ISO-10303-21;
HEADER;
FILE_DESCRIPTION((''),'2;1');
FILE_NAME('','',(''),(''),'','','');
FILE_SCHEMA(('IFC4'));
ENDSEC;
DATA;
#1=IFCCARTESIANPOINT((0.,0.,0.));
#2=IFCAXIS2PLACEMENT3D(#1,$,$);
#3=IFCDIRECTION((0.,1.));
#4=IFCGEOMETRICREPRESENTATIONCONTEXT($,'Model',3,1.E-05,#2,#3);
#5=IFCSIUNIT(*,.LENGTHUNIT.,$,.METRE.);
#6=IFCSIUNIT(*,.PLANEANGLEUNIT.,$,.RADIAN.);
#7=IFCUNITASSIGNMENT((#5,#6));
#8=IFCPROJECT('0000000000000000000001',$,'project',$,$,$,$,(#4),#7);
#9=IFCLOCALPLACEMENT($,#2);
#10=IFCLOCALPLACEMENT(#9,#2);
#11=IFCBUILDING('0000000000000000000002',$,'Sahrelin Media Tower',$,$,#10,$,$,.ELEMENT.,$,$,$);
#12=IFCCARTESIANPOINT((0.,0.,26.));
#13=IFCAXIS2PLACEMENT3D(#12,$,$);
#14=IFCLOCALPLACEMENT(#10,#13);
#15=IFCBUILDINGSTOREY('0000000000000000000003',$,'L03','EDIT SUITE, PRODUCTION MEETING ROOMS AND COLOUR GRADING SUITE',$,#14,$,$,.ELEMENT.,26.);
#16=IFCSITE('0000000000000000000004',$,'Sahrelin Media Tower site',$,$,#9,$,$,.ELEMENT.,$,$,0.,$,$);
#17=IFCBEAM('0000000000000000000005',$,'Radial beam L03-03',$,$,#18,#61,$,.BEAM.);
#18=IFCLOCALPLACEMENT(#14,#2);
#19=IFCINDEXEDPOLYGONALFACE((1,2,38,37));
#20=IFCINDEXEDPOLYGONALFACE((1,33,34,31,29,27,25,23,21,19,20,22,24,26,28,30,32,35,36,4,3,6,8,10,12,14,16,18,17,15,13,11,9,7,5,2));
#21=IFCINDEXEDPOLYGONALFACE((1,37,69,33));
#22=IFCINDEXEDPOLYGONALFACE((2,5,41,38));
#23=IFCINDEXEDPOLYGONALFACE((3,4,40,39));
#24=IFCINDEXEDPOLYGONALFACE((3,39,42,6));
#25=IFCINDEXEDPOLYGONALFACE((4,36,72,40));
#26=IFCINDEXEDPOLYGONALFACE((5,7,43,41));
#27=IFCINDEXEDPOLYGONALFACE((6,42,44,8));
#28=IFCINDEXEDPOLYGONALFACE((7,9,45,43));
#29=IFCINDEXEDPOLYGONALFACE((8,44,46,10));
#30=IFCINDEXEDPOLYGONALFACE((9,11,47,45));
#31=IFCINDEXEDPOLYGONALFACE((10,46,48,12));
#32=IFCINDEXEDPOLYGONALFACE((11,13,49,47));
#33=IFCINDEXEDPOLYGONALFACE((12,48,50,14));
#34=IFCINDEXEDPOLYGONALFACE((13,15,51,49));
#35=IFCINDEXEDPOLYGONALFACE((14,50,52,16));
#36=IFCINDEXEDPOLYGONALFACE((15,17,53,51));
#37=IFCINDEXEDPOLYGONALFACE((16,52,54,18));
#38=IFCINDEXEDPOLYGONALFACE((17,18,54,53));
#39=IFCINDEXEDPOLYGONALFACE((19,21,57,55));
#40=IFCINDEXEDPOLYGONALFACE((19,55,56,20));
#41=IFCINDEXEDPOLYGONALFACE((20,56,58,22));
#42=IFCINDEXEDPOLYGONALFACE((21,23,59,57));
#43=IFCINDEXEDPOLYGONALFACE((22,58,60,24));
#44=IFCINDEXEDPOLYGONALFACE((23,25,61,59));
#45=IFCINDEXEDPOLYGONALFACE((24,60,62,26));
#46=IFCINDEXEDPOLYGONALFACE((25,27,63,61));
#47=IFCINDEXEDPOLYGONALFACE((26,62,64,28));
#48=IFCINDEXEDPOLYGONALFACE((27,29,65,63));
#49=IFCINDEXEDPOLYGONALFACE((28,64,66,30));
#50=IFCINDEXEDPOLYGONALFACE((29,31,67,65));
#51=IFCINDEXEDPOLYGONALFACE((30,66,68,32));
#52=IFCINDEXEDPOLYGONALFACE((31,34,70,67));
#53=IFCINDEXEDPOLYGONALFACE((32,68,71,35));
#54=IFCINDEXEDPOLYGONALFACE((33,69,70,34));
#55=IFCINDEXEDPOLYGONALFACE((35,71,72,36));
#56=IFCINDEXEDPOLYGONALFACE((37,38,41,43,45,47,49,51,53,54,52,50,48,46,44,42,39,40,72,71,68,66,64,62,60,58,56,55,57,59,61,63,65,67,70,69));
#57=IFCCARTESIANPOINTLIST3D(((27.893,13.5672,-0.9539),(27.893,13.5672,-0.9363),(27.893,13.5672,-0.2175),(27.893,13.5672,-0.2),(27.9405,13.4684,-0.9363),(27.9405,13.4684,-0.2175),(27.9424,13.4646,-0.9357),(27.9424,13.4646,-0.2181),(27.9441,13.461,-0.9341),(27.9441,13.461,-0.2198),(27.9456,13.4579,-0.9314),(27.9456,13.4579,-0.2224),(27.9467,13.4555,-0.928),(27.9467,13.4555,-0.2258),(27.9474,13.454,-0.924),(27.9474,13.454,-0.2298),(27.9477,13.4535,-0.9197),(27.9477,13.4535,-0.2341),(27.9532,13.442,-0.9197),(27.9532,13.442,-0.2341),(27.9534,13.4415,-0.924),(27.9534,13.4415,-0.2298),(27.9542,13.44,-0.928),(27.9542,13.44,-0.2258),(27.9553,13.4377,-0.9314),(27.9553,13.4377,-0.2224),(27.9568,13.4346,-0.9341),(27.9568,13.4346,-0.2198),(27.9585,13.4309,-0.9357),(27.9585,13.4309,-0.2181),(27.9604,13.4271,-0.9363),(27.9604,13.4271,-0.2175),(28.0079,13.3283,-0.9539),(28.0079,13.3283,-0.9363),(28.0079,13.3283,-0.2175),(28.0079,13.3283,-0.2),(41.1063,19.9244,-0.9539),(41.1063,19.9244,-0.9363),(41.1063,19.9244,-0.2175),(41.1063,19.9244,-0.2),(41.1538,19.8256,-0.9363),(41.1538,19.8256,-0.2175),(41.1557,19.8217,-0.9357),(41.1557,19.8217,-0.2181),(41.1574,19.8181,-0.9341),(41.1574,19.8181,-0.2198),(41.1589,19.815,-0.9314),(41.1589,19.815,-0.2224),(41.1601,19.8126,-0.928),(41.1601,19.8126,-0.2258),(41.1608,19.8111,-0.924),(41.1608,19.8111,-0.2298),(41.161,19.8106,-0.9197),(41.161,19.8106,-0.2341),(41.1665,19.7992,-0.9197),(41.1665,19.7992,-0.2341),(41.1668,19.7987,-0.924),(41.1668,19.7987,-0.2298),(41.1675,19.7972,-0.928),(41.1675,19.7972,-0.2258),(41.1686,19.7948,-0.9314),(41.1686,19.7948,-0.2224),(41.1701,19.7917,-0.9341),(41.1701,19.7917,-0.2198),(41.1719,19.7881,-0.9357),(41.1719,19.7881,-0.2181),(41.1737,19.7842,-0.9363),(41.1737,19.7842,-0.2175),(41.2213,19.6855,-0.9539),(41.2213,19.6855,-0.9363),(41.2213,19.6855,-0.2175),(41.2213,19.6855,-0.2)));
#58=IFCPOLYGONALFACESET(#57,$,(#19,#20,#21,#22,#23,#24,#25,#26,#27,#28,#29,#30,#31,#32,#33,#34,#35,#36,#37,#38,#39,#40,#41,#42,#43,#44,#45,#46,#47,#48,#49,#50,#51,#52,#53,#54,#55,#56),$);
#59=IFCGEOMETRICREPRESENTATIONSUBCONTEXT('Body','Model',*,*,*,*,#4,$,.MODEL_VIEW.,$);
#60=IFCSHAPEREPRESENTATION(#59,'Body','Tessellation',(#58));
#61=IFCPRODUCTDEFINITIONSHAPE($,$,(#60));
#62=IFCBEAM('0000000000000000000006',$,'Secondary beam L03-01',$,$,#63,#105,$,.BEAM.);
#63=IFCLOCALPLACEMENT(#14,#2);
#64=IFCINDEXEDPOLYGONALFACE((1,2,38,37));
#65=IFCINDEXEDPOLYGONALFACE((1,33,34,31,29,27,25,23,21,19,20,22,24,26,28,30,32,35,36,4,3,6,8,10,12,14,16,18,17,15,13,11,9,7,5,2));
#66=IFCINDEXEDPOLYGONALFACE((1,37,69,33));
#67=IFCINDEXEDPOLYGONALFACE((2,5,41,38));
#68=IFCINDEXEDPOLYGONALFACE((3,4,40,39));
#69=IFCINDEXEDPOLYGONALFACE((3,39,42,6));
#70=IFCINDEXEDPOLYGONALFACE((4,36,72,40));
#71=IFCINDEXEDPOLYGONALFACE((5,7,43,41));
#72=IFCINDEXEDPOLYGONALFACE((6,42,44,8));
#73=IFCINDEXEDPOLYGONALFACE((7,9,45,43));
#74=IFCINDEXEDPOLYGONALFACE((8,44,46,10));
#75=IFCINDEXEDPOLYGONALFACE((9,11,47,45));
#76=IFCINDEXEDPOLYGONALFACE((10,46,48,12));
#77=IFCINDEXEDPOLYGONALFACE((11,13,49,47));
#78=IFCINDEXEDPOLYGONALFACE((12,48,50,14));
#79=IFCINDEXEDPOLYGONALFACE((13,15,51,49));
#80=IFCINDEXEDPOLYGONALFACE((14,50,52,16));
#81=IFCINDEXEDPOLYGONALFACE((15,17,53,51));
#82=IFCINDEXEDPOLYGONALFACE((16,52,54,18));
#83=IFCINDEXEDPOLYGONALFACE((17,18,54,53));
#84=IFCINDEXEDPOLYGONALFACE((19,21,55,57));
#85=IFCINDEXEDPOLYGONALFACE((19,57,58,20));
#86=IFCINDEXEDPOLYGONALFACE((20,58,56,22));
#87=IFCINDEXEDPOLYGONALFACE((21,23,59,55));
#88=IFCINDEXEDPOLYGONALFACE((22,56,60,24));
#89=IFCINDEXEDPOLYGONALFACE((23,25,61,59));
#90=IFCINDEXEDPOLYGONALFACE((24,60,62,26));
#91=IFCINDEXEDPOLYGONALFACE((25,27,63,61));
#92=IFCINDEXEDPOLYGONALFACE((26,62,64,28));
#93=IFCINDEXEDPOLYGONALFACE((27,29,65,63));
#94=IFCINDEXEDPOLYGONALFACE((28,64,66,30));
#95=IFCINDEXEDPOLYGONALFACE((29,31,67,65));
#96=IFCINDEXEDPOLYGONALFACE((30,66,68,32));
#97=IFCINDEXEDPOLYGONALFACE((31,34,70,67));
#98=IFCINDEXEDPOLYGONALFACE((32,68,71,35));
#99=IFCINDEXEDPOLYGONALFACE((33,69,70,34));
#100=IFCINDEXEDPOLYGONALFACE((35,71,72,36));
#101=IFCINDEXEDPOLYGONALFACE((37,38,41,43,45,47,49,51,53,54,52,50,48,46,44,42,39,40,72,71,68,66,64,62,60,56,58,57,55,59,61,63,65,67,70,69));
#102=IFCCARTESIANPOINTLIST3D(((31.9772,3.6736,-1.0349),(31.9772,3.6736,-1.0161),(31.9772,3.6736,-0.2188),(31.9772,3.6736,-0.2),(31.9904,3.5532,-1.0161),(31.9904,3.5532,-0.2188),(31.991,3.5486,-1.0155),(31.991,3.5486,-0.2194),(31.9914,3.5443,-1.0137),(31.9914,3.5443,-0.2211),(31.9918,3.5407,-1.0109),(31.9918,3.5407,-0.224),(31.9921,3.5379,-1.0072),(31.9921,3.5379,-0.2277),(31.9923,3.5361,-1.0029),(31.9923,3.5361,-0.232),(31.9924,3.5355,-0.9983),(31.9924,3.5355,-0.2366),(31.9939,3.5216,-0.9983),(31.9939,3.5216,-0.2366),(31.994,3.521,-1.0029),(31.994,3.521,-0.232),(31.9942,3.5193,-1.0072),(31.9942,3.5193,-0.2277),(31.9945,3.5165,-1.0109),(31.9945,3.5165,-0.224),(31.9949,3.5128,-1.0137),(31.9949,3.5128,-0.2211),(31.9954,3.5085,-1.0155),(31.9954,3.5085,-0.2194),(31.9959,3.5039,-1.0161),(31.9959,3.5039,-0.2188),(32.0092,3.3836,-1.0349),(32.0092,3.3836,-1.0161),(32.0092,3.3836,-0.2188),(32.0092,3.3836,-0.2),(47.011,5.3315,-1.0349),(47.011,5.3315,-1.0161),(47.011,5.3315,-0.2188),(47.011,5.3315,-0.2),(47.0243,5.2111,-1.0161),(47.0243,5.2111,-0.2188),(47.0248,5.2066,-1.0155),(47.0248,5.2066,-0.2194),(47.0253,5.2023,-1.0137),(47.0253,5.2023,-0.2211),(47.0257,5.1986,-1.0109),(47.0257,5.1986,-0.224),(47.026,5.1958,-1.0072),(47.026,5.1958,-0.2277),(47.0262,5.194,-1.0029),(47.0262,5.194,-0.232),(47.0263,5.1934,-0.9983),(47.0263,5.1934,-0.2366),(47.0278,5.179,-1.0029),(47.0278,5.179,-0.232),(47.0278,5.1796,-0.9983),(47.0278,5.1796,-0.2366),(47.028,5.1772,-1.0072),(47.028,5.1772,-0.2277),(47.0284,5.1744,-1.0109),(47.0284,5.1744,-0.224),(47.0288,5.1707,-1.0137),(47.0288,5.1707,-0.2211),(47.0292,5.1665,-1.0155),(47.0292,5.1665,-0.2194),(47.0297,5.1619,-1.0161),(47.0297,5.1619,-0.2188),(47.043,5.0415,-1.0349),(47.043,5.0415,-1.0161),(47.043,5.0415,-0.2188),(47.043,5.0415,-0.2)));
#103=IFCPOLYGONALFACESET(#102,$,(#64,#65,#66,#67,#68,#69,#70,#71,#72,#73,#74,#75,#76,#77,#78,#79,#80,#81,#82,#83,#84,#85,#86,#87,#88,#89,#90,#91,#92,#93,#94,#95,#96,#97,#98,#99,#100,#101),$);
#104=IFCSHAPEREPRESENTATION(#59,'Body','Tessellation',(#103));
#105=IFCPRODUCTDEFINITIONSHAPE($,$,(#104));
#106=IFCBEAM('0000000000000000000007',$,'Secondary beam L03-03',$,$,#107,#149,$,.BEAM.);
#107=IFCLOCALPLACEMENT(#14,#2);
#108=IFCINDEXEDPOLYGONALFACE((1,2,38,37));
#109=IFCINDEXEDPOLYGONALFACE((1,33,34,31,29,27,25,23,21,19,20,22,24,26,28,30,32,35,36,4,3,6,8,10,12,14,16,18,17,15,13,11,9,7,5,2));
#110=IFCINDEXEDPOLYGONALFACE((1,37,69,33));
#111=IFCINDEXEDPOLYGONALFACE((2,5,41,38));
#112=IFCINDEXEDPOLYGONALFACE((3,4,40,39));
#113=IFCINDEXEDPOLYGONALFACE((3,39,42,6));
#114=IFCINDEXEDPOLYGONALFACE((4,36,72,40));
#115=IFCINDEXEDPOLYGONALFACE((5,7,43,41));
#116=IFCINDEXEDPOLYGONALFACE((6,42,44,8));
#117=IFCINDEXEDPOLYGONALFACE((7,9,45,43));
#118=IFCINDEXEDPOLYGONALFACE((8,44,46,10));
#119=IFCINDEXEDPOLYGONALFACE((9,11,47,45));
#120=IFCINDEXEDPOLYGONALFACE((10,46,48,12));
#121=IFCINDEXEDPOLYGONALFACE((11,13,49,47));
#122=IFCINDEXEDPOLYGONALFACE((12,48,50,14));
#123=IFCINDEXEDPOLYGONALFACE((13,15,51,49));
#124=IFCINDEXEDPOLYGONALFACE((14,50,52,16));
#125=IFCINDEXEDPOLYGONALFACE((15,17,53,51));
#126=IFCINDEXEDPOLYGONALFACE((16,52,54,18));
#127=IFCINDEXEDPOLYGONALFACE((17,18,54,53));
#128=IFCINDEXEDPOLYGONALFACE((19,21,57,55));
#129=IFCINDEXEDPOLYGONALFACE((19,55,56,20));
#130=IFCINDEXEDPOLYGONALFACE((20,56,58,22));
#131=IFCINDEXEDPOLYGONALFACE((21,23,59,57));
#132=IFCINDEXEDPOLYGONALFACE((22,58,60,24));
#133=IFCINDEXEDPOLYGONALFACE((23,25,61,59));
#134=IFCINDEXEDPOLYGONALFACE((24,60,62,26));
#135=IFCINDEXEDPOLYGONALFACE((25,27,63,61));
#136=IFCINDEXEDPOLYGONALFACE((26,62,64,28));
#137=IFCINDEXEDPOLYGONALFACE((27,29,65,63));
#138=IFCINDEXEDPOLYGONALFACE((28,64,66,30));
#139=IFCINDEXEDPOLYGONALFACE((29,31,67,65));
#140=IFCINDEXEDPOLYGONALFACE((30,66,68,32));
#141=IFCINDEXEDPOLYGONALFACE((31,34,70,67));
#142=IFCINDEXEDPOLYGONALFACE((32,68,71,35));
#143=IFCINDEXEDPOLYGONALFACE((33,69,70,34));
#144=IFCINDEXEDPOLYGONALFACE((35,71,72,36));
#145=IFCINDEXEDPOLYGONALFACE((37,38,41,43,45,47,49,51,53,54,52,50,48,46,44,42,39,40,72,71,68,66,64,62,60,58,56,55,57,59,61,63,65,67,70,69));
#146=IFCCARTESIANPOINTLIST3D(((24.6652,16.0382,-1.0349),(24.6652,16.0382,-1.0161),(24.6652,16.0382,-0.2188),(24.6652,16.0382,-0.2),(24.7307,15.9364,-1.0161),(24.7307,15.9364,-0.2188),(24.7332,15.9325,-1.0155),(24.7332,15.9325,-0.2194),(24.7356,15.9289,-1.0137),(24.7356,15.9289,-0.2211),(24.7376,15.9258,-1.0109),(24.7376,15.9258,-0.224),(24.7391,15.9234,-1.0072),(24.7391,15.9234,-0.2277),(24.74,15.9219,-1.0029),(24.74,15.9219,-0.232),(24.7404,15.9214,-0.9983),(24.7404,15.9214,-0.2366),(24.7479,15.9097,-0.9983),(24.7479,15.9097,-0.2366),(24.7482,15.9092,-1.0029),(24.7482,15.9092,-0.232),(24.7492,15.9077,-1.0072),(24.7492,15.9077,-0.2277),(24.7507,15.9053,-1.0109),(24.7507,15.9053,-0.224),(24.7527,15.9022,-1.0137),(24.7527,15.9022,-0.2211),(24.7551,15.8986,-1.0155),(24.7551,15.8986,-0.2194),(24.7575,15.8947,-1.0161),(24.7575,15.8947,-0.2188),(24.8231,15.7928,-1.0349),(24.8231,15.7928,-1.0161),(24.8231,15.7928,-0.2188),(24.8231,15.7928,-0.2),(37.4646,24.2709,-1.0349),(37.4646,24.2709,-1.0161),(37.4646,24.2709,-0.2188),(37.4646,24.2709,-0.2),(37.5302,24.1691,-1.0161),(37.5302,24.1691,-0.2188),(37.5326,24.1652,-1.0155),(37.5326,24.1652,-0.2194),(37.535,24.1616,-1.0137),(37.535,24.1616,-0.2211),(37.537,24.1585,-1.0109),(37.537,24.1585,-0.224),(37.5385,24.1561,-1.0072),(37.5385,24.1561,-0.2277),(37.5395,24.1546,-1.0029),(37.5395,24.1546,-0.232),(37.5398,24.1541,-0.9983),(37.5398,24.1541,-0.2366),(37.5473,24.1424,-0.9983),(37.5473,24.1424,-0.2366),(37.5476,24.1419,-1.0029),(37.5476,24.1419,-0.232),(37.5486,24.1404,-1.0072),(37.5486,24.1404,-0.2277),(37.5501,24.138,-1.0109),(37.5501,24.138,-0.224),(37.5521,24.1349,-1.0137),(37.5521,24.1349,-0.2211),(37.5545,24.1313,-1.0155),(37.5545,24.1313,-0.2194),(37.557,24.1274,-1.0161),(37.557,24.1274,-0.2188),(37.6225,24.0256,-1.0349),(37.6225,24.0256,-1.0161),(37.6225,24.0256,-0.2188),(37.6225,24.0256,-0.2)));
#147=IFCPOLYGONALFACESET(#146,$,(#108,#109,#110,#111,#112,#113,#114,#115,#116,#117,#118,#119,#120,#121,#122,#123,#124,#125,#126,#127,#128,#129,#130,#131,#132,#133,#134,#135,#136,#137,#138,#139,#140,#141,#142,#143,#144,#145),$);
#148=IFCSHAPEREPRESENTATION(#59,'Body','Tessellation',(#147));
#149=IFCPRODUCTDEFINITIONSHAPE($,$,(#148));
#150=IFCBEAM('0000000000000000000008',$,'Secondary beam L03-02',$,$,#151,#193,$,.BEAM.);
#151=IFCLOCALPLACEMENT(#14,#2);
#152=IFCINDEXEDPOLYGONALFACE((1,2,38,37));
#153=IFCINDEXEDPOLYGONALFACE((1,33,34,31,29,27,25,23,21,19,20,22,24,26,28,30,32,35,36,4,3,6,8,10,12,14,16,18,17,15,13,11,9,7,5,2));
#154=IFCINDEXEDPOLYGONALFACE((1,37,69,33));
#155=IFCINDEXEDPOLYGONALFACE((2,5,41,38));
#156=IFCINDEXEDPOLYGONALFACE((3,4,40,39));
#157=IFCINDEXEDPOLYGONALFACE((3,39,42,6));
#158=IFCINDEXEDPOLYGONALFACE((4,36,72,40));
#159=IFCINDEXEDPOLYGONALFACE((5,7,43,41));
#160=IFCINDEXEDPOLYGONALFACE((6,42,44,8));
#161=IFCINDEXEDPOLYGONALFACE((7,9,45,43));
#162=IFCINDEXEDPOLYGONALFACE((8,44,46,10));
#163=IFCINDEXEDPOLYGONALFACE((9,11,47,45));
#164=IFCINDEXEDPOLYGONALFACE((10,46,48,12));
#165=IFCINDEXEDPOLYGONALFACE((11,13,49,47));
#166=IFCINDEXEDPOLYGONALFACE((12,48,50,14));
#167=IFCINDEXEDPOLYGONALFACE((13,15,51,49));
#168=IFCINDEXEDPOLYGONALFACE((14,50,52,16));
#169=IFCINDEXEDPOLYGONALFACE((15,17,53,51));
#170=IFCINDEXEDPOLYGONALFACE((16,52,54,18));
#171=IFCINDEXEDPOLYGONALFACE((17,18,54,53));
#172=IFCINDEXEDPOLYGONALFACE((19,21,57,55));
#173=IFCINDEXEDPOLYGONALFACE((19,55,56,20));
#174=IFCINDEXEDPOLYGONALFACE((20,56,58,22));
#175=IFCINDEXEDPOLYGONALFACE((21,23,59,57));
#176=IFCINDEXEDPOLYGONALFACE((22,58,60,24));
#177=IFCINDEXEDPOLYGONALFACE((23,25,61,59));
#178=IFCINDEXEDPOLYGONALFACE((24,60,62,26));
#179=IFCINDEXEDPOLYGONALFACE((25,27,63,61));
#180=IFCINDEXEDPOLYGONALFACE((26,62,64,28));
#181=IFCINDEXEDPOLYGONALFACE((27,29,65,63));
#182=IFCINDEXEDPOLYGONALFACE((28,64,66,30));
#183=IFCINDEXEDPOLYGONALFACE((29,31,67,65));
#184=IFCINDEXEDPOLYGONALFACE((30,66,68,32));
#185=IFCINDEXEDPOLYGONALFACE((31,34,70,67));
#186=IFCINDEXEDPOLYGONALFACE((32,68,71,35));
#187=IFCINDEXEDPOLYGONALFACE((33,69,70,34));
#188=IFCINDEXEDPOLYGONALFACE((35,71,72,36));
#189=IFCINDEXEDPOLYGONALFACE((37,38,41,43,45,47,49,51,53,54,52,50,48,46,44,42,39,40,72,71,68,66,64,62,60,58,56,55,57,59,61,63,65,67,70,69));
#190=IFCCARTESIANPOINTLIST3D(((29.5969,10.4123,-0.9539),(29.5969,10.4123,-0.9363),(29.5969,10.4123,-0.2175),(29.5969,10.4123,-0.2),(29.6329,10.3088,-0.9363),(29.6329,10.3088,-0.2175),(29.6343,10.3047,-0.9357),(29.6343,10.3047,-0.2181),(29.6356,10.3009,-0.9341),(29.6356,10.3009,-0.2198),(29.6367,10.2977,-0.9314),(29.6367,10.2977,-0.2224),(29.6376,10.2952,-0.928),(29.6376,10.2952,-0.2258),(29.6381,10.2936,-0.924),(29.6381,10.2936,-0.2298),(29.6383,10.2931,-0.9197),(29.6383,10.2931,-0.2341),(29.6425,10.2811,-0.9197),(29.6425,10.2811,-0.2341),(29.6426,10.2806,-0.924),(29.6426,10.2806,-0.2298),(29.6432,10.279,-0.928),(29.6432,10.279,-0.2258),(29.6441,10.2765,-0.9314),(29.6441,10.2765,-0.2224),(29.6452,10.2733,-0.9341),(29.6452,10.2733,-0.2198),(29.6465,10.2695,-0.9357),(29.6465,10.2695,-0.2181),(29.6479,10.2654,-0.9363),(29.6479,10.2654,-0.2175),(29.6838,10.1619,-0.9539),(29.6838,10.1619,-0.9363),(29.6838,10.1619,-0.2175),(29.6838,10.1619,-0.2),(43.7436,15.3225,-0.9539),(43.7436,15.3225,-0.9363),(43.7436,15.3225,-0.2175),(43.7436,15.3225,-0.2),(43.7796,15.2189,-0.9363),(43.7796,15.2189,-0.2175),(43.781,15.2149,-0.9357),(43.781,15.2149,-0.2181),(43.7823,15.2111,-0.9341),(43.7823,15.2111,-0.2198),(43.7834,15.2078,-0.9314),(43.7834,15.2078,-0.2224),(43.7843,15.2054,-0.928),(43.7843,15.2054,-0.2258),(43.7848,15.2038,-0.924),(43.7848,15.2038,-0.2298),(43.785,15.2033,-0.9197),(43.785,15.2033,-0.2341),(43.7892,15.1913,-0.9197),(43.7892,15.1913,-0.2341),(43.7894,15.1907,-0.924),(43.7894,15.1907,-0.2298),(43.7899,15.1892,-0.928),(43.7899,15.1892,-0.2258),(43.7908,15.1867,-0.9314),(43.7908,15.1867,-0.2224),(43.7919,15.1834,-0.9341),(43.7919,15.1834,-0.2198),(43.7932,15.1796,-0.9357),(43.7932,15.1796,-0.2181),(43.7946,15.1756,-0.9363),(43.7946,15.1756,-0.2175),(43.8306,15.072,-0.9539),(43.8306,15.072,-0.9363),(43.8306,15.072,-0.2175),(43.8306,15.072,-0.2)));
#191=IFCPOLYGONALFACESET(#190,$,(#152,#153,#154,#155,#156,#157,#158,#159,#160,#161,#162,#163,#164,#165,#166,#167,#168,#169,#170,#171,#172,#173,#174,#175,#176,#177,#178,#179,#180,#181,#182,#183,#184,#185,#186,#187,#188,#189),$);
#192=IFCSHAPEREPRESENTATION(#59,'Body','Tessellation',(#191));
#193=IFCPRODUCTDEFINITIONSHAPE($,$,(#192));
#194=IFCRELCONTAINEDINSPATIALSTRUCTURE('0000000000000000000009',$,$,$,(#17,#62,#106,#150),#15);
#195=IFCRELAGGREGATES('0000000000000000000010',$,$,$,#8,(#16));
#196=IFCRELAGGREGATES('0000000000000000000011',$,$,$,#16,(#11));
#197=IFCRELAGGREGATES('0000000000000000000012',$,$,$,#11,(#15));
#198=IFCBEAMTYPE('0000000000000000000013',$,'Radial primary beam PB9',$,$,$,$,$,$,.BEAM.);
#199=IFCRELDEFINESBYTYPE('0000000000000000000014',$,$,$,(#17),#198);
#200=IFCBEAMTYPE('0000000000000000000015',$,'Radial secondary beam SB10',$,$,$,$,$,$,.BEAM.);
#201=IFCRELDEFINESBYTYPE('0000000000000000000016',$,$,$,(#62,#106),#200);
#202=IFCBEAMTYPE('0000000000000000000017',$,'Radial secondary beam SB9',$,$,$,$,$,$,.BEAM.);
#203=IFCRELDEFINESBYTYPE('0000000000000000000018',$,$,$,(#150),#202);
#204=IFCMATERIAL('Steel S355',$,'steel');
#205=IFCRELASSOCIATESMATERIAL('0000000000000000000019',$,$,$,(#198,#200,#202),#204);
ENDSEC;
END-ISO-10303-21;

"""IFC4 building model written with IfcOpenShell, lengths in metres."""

from ifc_helpers import new_model, si_unit, direction, frame, origin, origin_2d, place, context, subcontext, project, spatial, i_section, extrude, material, material_profile, profile_set, type_object, element, save


model = new_model("IFC4")

# Units and contexts
model_context = context("Model", 3, precision=1e-05, world=origin(), true_north=direction((0.0, 1.0)))
body_context = subcontext(model_context, "Body", "Model", "MODEL_VIEW")
ifc_project = project(units=[si_unit("LENGTHUNIT", "METRE"), si_unit("PLANEANGLEUNIT", "RADIAN")], contexts=[model_context])

# Site, building, storey
site_placement = place(None, origin())
site = spatial("IfcSite", under=ifc_project, at=site_placement, Name="Sahrelin Media Tower site", CompositionType="ELEMENT", RefElevation=0.0)
building_placement = place(site_placement, origin())
building = spatial("IfcBuilding", under=site, at=building_placement, Name="Sahrelin Media Tower", CompositionType="ELEMENT")
storey_placement = place(building_placement, frame((0.0, 0.0, 26.0)))
storey = spatial("IfcBuildingStorey", under=building, at=storey_placement, Name="L03", Description="EDIT SUITE, PRODUCTION MEETING ROOMS AND COLOUR GRADING SUITE", CompositionType="ELEMENT", Elevation=26.0)

# Beams
ifc_material_1 = material(Name="Steel S355", Category="steel")
ifc_material_profile_1 = material_profile(ifc_material_1, i_section(OverallWidth=0.2651, OverallDepth=0.7539, WebThickness=0.0127, FlangeThickness=0.0176, FilletRadius=0.0166, at=origin_2d()), Name="UB 762x267x147")
ifc_profile_set_1 = profile_set([ifc_material_profile_1], Name="Steel S355")
beam_type_1 = type_object("IfcBeamType", Name="Radial primary beam PB9", PredefinedType="BEAM", material=ifc_profile_set_1)
beam_1_placement = place(storey_placement, frame((27.9504, 13.4478, -0.5769), z_axis=(0.90113, 0.433549, 0.0), x_axis=(-0.433549, 0.90113, 0.0)))
element("IfcBeam", 1, at=beam_1_placement, inside=storey, type_object=beam_type_1, Name="Radial beam L03-03", PredefinedType="BEAM", context=body_context, shape_type="SweptSolid", body=[
    extrude(i_section(OverallWidth=0.2651, OverallDepth=0.7539, WebThickness=0.0127, FlangeThickness=0.0176, FilletRadius=0.0166, at=origin_2d()), origin(), (0.0, 0.0, 1.0), 14.6631),
])
ifc_material_profile_2 = material_profile(ifc_material_1, i_section(OverallWidth=0.2917, OverallDepth=0.835, WebThickness=0.0139, FlangeThickness=0.0188, FilletRadius=0.0178, at=origin_2d()), Name="UB 838x292x176")
ifc_profile_set_2 = profile_set([ifc_material_profile_2], Name="Steel S355")
beam_type_2 = type_object("IfcBeamType", Name="Radial secondary beam SB10", PredefinedType="BEAM", material=ifc_profile_set_2)
beam_2_placement = place(storey_placement, frame((31.9932, 3.5286, -0.6174), z_axis=(0.993974, 0.109617, 0.0), x_axis=(-0.109617, 0.993974, 0.0)))
element("IfcBeam", 2, at=beam_2_placement, inside=storey, type_object=beam_type_2, Name="Secondary beam L03-01", PredefinedType="BEAM", context=body_context, shape_type="SweptSolid", body=[
    extrude(i_section(OverallWidth=0.2917, OverallDepth=0.835, WebThickness=0.0139, FlangeThickness=0.0188, FilletRadius=0.0178, at=origin_2d()), origin(), (0.0, 0.0, 1.0), 15.125),
])
beam_3_placement = place(storey_placement, frame((24.7441, 15.9155, -0.6174), z_axis=(0.841043, 0.540968, 0.0), x_axis=(-0.540968, 0.841043, 0.0)))
element("IfcBeam", 3, at=beam_3_placement, inside=storey, type_object=beam_type_2, Name="Secondary beam L03-03", PredefinedType="BEAM", context=body_context, shape_type="SweptSolid", body=[
    extrude(i_section(OverallWidth=0.2917, OverallDepth=0.835, WebThickness=0.0139, FlangeThickness=0.0188, FilletRadius=0.0178, at=origin_2d()), origin(), (0.0, 0.0, 1.0), 15.2185),
])
ifc_material_profile_3 = material_profile(ifc_material_1, i_section(OverallWidth=0.2651, OverallDepth=0.7539, WebThickness=0.0127, FlangeThickness=0.0176, FilletRadius=0.0166, at=origin_2d()), Name="UB 762x267x147")
ifc_profile_set_3 = profile_set([ifc_material_profile_3], Name="Steel S355")
beam_type_3 = type_object("IfcBeamType", Name="Radial secondary beam SB9", PredefinedType="BEAM", material=ifc_profile_set_3)
beam_4_placement = place(storey_placement, frame((29.6404, 10.2871, -0.5769), z_axis=(0.944713, 0.327898, 0.0), x_axis=(-0.327898, 0.944713, 0.0)))
element("IfcBeam", 4, at=beam_4_placement, inside=storey, type_object=beam_type_3, Name="Secondary beam L03-02", PredefinedType="BEAM", context=body_context, shape_type="SweptSolid", body=[
    extrude(i_section(OverallWidth=0.2651, OverallDepth=0.7539, WebThickness=0.0127, FlangeThickness=0.0176, FilletRadius=0.0166, at=origin_2d()), origin(), (0.0, 0.0, 1.0), 14.9746),
])

save(model, "model.ifc")
